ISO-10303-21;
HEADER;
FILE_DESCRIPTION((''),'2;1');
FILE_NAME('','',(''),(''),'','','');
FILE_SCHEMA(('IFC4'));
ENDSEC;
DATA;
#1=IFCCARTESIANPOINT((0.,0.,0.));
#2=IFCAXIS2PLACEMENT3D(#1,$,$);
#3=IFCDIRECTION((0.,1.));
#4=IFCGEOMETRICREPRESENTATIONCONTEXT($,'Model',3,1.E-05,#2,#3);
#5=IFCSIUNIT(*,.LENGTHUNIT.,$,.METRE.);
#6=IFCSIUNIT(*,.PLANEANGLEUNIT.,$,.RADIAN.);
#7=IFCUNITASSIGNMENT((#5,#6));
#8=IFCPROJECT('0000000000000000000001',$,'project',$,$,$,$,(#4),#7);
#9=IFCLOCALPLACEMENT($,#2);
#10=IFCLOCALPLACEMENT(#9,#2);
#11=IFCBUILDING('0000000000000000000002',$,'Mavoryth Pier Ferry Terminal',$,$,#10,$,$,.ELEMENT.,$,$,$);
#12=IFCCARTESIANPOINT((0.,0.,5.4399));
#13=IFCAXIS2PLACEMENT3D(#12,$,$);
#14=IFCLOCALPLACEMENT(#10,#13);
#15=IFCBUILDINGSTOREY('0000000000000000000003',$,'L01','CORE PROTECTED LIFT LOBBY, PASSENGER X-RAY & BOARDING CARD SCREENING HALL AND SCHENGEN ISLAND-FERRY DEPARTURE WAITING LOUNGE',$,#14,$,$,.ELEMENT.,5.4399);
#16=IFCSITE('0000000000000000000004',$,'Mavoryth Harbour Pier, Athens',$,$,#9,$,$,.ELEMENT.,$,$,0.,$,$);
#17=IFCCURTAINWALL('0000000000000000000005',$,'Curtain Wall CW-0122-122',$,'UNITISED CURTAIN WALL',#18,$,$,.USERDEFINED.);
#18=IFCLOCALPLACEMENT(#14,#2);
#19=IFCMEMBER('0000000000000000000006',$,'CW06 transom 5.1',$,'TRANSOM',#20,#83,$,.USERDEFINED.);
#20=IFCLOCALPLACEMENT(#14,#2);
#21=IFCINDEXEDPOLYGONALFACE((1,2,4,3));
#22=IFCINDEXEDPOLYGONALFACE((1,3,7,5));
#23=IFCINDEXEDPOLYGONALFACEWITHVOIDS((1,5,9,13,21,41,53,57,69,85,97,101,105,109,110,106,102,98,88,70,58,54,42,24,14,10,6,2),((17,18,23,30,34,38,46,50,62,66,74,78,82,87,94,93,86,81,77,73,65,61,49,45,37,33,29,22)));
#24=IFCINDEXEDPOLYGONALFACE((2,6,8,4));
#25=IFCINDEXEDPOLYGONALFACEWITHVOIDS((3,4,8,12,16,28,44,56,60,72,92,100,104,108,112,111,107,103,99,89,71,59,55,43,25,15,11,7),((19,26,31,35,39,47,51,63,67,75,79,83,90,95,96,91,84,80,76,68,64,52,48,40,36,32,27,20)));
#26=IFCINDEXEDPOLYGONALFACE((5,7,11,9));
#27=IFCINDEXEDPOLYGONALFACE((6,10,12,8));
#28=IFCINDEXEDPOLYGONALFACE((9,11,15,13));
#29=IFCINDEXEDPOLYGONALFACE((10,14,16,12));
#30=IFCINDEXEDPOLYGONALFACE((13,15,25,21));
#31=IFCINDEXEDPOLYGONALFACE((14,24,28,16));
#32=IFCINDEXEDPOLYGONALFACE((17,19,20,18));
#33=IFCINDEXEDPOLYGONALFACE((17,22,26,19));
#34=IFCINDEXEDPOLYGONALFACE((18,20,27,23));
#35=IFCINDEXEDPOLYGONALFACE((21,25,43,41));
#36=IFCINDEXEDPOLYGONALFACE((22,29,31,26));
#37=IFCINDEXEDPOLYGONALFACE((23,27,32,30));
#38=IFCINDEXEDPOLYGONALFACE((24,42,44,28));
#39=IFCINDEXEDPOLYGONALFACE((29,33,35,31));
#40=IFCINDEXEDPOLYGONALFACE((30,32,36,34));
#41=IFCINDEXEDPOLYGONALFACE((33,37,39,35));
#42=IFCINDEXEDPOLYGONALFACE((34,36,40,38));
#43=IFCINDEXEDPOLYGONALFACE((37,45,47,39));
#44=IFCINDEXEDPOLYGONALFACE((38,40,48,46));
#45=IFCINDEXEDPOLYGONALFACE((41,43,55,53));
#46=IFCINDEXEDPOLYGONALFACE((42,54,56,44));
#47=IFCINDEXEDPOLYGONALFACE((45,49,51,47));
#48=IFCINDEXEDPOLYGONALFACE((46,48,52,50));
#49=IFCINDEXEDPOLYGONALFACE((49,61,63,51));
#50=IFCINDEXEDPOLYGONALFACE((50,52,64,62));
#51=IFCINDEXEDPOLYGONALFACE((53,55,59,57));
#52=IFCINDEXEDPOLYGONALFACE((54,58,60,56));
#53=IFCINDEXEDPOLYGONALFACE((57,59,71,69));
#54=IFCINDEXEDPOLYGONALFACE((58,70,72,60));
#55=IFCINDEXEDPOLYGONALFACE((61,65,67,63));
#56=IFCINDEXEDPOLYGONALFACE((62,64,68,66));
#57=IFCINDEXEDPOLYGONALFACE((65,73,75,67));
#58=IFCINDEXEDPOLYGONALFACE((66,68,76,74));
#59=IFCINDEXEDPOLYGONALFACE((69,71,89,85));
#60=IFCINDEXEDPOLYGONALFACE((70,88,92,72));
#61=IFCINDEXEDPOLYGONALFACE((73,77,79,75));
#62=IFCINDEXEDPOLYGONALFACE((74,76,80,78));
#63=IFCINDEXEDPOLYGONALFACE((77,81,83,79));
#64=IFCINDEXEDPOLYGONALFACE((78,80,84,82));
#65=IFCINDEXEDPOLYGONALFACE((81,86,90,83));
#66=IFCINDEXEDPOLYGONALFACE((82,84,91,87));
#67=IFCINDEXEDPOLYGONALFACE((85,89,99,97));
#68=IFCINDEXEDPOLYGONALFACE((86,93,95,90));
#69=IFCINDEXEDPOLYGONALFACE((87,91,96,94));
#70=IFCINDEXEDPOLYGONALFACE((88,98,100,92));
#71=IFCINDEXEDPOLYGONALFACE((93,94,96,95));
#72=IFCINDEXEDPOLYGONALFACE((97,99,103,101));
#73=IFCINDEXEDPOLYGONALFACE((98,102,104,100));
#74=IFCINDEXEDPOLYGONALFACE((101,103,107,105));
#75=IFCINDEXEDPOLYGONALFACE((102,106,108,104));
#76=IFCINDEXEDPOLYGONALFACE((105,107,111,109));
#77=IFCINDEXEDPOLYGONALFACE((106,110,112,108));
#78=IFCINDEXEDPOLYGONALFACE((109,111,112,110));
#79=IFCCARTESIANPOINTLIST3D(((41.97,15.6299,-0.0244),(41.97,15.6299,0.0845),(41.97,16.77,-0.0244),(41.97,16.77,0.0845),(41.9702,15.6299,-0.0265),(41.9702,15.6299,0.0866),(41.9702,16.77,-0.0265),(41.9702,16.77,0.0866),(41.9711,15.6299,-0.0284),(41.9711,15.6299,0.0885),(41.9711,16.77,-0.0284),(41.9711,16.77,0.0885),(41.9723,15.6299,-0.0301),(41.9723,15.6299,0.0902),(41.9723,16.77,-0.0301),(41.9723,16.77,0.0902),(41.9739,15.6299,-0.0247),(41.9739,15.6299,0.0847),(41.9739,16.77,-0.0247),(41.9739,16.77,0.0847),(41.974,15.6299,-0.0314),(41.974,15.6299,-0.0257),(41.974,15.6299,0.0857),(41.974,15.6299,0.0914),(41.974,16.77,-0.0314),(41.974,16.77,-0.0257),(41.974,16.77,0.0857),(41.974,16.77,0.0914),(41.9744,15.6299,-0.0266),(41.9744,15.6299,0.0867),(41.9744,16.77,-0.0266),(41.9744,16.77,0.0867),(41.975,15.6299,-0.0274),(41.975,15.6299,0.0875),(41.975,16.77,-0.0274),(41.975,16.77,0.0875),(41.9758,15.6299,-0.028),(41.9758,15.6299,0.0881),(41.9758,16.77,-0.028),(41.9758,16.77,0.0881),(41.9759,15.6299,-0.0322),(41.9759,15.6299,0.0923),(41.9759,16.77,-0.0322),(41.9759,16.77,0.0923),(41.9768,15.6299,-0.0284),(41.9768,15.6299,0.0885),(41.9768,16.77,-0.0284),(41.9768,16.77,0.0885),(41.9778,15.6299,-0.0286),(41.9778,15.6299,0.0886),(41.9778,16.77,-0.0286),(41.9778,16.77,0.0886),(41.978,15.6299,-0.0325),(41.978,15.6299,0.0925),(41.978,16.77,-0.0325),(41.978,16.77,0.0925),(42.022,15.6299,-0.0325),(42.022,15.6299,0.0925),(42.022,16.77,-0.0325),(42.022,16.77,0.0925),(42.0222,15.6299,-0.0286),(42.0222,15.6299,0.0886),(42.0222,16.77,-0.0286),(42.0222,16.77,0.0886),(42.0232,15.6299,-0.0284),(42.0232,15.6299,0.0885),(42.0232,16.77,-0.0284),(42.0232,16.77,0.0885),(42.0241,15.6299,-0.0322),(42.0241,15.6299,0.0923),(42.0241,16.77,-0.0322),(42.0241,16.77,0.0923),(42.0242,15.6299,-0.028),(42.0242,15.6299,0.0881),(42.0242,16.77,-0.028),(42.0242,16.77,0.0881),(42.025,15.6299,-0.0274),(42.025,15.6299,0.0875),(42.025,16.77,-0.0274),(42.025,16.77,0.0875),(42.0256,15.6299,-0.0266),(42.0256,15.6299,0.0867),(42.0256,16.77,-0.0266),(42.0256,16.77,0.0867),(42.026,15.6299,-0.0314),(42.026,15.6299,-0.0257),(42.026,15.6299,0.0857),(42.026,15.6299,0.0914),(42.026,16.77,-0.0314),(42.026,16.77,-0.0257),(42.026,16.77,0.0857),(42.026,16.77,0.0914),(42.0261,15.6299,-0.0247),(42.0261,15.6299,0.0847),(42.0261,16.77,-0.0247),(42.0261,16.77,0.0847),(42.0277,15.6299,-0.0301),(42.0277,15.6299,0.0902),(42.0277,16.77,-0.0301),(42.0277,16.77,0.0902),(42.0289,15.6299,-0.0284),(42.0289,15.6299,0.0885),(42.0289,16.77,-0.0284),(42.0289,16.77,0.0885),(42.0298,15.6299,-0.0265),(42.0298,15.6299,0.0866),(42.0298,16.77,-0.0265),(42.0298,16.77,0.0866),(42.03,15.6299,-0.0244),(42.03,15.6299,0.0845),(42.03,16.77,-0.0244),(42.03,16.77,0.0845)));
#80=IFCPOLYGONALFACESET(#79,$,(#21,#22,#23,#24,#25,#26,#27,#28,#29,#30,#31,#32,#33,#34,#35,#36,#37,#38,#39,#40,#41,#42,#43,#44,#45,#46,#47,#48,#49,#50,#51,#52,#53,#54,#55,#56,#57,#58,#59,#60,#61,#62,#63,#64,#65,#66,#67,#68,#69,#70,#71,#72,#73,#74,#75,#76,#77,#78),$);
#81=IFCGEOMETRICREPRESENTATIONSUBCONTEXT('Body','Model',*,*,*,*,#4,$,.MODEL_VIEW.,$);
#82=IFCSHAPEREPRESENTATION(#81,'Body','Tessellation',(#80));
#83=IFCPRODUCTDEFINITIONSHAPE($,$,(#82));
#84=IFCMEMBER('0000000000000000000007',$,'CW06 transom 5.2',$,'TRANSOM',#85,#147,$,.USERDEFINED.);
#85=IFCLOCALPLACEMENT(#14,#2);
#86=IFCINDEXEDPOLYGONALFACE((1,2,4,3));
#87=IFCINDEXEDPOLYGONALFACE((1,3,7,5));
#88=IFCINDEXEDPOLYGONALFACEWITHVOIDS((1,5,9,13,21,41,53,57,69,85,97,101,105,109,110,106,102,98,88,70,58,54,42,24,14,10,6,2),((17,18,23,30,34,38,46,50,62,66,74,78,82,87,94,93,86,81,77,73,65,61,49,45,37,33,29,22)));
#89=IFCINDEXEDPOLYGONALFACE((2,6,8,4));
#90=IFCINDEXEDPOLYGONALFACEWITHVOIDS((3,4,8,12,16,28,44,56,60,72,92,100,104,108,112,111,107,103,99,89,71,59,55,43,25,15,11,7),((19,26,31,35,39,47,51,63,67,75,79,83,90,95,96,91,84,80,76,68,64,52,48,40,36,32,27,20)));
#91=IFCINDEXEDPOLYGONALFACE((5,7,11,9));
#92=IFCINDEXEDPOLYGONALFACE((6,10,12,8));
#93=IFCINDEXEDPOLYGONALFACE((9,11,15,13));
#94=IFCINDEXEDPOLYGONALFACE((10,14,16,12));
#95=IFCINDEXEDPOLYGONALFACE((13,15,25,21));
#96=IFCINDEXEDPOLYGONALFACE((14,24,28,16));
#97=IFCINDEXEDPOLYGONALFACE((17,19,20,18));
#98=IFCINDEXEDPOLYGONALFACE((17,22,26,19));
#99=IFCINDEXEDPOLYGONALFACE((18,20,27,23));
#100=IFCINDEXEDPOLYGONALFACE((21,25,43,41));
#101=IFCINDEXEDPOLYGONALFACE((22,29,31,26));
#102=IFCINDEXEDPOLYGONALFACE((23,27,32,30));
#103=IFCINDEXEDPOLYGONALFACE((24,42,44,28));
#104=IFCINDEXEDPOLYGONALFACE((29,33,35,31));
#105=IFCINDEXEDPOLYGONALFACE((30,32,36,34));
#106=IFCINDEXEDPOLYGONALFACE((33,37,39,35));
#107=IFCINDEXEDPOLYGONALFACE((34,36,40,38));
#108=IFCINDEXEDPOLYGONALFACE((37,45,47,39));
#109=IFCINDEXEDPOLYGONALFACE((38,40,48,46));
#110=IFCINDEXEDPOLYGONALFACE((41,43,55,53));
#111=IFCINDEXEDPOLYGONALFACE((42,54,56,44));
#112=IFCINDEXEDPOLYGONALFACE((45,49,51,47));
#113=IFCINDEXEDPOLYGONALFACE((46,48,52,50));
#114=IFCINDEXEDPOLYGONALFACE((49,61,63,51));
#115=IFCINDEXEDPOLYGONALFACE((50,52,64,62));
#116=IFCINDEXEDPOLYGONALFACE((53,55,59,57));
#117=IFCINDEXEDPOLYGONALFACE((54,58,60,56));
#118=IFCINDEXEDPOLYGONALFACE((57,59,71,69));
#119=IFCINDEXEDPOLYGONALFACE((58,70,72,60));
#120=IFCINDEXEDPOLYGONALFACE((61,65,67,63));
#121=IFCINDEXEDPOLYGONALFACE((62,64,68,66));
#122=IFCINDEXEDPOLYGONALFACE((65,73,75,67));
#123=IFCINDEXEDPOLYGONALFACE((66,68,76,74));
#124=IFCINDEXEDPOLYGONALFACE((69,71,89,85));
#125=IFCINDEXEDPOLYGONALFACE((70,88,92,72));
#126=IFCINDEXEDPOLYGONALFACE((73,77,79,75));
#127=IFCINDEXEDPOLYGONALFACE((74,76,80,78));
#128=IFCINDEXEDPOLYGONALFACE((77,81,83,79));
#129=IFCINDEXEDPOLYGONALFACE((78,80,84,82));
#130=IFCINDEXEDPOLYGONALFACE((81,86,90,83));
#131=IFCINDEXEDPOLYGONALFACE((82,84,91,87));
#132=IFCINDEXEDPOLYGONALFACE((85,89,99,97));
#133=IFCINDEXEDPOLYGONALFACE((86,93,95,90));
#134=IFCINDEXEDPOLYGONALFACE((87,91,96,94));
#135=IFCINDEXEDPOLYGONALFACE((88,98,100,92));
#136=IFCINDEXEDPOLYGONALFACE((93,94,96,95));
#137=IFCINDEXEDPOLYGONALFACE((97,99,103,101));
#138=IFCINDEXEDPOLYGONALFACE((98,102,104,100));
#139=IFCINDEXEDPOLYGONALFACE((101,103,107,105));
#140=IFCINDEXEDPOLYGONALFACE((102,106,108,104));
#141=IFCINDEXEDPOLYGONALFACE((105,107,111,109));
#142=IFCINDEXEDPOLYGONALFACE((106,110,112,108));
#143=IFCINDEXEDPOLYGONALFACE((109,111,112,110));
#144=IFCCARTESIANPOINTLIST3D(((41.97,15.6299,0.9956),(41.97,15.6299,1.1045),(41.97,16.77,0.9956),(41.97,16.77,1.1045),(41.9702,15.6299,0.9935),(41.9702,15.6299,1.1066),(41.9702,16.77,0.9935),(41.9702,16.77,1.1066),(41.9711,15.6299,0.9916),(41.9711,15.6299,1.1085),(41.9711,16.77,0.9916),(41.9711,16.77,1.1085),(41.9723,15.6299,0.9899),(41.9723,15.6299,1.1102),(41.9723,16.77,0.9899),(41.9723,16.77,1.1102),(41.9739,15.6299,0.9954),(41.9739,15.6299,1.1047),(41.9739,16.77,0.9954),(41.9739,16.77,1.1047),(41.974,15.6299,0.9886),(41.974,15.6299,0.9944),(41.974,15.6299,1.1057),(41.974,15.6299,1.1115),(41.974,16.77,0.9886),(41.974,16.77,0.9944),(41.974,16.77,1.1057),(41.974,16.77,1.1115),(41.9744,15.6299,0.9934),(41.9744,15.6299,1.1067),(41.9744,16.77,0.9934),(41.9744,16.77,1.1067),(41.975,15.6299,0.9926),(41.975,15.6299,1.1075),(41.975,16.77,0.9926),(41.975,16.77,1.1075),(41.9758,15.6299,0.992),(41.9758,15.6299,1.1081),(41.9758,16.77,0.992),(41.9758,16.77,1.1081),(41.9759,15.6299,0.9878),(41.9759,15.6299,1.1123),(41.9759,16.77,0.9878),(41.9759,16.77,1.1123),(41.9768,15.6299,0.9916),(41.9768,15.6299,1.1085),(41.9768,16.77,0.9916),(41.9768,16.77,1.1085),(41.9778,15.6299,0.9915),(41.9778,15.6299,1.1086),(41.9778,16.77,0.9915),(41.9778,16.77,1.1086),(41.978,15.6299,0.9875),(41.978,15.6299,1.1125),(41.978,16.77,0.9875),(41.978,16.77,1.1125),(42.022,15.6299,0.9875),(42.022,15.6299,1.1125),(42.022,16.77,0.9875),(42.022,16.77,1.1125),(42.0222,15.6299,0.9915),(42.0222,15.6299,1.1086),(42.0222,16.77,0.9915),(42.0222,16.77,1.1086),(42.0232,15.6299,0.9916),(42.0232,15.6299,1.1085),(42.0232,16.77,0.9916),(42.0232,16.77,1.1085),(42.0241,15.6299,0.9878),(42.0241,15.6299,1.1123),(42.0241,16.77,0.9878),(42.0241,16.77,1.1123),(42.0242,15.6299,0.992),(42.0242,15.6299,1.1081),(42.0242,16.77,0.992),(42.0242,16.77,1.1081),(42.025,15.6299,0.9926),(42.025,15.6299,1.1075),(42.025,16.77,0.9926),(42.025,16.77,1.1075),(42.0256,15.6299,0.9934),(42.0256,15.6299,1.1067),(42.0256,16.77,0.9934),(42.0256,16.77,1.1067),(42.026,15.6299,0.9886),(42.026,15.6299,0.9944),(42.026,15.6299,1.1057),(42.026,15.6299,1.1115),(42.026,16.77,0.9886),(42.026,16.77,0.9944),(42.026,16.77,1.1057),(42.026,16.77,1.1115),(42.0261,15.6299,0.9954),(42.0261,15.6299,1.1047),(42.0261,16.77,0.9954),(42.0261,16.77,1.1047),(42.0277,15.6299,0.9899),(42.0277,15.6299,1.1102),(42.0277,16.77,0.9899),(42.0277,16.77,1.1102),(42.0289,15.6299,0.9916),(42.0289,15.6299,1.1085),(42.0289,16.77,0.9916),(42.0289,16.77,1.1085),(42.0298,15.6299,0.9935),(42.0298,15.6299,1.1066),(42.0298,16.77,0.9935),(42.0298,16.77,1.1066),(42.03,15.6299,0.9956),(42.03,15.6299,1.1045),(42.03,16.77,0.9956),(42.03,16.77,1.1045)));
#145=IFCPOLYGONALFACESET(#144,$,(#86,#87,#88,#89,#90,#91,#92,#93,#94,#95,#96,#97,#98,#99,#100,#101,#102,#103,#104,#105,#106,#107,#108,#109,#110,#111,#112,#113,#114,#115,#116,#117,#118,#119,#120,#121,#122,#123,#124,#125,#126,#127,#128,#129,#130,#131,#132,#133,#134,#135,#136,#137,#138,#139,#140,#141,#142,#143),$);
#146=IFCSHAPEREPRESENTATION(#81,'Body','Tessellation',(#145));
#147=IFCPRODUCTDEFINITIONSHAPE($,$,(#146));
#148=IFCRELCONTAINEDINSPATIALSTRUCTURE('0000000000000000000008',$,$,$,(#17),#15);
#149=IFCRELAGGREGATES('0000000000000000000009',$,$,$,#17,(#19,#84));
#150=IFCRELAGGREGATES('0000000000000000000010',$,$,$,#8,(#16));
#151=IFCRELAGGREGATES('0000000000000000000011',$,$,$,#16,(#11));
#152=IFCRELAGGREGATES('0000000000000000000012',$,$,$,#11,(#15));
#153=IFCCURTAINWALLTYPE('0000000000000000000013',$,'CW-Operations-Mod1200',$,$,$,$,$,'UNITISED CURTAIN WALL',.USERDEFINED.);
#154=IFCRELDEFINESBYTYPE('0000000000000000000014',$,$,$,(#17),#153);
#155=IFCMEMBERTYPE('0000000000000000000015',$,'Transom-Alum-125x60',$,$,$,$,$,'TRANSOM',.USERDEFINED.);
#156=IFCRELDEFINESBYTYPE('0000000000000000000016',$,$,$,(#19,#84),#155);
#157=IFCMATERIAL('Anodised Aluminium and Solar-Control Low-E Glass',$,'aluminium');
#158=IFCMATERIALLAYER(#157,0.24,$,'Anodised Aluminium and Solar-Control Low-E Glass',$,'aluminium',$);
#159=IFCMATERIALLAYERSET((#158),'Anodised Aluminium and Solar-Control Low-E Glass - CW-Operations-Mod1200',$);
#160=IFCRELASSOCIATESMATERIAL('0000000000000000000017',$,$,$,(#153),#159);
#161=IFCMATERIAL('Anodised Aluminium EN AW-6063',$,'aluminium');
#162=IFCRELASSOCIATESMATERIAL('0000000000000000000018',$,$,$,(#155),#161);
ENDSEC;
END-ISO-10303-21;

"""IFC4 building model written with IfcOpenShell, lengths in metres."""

from ifc_helpers import new_model, si_unit, direction, frame, origin, origin_2d, place, context, subcontext, project, spatial, hollow_rectangle, extrude, material, layer, layer_set, material_profile, profile_set, type_object, element, aggregate, save


model = new_model("IFC4")

# Units and contexts
model_context = context("Model", 3, precision=1e-05, world=origin(), true_north=direction((0.0, 1.0)))
body_context = subcontext(model_context, "Body", "Model", "MODEL_VIEW")
ifc_project = project(units=[si_unit("LENGTHUNIT", "METRE"), si_unit("PLANEANGLEUNIT", "RADIAN")], contexts=[model_context])

# Site, building, storey
site_placement = place(None, origin())
site = spatial("IfcSite", under=ifc_project, at=site_placement, Name="Mavoryth Harbour Pier, Athens", CompositionType="ELEMENT", RefElevation=0.0)
building_placement = place(site_placement, origin())
building = spatial("IfcBuilding", under=site, at=building_placement, Name="Mavoryth Pier Ferry Terminal", CompositionType="ELEMENT")
storey_placement = place(building_placement, frame((0.0, 0.0, 5.4399)))
storey = spatial("IfcBuildingStorey", under=building, at=storey_placement, Name="L01", Description="CORE PROTECTED LIFT LOBBY, PASSENGER X-RAY & BOARDING CARD SCREENING HALL AND SCHENGEN ISLAND-FERRY DEPARTURE WAITING LOUNGE", CompositionType="ELEMENT", Elevation=5.4399)

# Curtain wall, members
ifc_material_1 = material(Name="Anodised Aluminium and Solar-Control Low-E Glass", Category="aluminium")
ifc_layer_1 = layer(ifc_material_1, 0.24, Name="Anodised Aluminium and Solar-Control Low-E Glass", Category="aluminium")
ifc_layer_set_1 = layer_set([ifc_layer_1], Name="Anodised Aluminium and Solar-Control Low-E Glass - CW-Operations-Mod1200")
curtain_wall_type = type_object("IfcCurtainWallType", Name="CW-Operations-Mod1200", ElementType="UNITISED CURTAIN WALL", PredefinedType="USERDEFINED", material=ifc_layer_set_1)
curtain_wall_placement = place(storey_placement, origin())
curtain_wall = element("IfcCurtainWall", 1, at=curtain_wall_placement, inside=storey, type_object=curtain_wall_type, Name="Curtain Wall CW-0122-122", ObjectType="UNITISED CURTAIN WALL", PredefinedType="USERDEFINED")
ifc_material_2 = material(Name="Anodised Aluminium EN AW-6063", Category="aluminium")
ifc_material_profile_1 = material_profile(ifc_material_2, hollow_rectangle(XDim=0.0601, YDim=0.125, WallThickness=0.0039, InnerFilletRadius=0.0039, OuterFilletRadius=0.0081, at=origin_2d()), Name="AL-TRAN 125x60x4", Category="aluminium")
ifc_profile_set_1 = profile_set([ifc_material_profile_1], Name="Anodised Aluminium EN AW-6063 - AL-TRAN 125x60x4")
member_type_1 = type_object("IfcMemberType", Name="Transom-Alum-125x60", ElementType="TRANSOM", PredefinedType="USERDEFINED", material=ifc_profile_set_1)
member_1_placement = place(storey_placement, frame((42.0, 16.77, 0.03), z_axis=(0.0, -1.0, 0.0), x_axis=(1.0, 0.0, 0.0)))
member_1 = element("IfcMember", 2, at=member_1_placement, type_object=member_type_1, Name="CW06 transom 5.1", ObjectType="TRANSOM", PredefinedType="USERDEFINED", context=body_context, shape_type="SweptSolid", body=[
    extrude(hollow_rectangle(XDim=0.0601, YDim=0.125, WallThickness=0.0039, InnerFilletRadius=0.0039, OuterFilletRadius=0.0081, at=origin_2d()), origin(), (0.0, 0.0, 1.0), 1.1401),
])
member_2_placement = place(storey_placement, frame((42.0, 16.77, 1.05), z_axis=(0.0, -1.0, 0.0), x_axis=(1.0, 0.0, 0.0)))
member_2 = element("IfcMember", 3, at=member_2_placement, type_object=member_type_1, Name="CW06 transom 5.2", ObjectType="TRANSOM", PredefinedType="USERDEFINED", context=body_context, shape_type="SweptSolid", body=[
    extrude(hollow_rectangle(XDim=0.0601, YDim=0.125, WallThickness=0.0039, InnerFilletRadius=0.0039, OuterFilletRadius=0.0081, at=origin_2d()), origin(), (0.0, 0.0, 1.0), 1.1401),
])
aggregate(curtain_wall, [member_1, member_2])

save(model, "model.ifc")
